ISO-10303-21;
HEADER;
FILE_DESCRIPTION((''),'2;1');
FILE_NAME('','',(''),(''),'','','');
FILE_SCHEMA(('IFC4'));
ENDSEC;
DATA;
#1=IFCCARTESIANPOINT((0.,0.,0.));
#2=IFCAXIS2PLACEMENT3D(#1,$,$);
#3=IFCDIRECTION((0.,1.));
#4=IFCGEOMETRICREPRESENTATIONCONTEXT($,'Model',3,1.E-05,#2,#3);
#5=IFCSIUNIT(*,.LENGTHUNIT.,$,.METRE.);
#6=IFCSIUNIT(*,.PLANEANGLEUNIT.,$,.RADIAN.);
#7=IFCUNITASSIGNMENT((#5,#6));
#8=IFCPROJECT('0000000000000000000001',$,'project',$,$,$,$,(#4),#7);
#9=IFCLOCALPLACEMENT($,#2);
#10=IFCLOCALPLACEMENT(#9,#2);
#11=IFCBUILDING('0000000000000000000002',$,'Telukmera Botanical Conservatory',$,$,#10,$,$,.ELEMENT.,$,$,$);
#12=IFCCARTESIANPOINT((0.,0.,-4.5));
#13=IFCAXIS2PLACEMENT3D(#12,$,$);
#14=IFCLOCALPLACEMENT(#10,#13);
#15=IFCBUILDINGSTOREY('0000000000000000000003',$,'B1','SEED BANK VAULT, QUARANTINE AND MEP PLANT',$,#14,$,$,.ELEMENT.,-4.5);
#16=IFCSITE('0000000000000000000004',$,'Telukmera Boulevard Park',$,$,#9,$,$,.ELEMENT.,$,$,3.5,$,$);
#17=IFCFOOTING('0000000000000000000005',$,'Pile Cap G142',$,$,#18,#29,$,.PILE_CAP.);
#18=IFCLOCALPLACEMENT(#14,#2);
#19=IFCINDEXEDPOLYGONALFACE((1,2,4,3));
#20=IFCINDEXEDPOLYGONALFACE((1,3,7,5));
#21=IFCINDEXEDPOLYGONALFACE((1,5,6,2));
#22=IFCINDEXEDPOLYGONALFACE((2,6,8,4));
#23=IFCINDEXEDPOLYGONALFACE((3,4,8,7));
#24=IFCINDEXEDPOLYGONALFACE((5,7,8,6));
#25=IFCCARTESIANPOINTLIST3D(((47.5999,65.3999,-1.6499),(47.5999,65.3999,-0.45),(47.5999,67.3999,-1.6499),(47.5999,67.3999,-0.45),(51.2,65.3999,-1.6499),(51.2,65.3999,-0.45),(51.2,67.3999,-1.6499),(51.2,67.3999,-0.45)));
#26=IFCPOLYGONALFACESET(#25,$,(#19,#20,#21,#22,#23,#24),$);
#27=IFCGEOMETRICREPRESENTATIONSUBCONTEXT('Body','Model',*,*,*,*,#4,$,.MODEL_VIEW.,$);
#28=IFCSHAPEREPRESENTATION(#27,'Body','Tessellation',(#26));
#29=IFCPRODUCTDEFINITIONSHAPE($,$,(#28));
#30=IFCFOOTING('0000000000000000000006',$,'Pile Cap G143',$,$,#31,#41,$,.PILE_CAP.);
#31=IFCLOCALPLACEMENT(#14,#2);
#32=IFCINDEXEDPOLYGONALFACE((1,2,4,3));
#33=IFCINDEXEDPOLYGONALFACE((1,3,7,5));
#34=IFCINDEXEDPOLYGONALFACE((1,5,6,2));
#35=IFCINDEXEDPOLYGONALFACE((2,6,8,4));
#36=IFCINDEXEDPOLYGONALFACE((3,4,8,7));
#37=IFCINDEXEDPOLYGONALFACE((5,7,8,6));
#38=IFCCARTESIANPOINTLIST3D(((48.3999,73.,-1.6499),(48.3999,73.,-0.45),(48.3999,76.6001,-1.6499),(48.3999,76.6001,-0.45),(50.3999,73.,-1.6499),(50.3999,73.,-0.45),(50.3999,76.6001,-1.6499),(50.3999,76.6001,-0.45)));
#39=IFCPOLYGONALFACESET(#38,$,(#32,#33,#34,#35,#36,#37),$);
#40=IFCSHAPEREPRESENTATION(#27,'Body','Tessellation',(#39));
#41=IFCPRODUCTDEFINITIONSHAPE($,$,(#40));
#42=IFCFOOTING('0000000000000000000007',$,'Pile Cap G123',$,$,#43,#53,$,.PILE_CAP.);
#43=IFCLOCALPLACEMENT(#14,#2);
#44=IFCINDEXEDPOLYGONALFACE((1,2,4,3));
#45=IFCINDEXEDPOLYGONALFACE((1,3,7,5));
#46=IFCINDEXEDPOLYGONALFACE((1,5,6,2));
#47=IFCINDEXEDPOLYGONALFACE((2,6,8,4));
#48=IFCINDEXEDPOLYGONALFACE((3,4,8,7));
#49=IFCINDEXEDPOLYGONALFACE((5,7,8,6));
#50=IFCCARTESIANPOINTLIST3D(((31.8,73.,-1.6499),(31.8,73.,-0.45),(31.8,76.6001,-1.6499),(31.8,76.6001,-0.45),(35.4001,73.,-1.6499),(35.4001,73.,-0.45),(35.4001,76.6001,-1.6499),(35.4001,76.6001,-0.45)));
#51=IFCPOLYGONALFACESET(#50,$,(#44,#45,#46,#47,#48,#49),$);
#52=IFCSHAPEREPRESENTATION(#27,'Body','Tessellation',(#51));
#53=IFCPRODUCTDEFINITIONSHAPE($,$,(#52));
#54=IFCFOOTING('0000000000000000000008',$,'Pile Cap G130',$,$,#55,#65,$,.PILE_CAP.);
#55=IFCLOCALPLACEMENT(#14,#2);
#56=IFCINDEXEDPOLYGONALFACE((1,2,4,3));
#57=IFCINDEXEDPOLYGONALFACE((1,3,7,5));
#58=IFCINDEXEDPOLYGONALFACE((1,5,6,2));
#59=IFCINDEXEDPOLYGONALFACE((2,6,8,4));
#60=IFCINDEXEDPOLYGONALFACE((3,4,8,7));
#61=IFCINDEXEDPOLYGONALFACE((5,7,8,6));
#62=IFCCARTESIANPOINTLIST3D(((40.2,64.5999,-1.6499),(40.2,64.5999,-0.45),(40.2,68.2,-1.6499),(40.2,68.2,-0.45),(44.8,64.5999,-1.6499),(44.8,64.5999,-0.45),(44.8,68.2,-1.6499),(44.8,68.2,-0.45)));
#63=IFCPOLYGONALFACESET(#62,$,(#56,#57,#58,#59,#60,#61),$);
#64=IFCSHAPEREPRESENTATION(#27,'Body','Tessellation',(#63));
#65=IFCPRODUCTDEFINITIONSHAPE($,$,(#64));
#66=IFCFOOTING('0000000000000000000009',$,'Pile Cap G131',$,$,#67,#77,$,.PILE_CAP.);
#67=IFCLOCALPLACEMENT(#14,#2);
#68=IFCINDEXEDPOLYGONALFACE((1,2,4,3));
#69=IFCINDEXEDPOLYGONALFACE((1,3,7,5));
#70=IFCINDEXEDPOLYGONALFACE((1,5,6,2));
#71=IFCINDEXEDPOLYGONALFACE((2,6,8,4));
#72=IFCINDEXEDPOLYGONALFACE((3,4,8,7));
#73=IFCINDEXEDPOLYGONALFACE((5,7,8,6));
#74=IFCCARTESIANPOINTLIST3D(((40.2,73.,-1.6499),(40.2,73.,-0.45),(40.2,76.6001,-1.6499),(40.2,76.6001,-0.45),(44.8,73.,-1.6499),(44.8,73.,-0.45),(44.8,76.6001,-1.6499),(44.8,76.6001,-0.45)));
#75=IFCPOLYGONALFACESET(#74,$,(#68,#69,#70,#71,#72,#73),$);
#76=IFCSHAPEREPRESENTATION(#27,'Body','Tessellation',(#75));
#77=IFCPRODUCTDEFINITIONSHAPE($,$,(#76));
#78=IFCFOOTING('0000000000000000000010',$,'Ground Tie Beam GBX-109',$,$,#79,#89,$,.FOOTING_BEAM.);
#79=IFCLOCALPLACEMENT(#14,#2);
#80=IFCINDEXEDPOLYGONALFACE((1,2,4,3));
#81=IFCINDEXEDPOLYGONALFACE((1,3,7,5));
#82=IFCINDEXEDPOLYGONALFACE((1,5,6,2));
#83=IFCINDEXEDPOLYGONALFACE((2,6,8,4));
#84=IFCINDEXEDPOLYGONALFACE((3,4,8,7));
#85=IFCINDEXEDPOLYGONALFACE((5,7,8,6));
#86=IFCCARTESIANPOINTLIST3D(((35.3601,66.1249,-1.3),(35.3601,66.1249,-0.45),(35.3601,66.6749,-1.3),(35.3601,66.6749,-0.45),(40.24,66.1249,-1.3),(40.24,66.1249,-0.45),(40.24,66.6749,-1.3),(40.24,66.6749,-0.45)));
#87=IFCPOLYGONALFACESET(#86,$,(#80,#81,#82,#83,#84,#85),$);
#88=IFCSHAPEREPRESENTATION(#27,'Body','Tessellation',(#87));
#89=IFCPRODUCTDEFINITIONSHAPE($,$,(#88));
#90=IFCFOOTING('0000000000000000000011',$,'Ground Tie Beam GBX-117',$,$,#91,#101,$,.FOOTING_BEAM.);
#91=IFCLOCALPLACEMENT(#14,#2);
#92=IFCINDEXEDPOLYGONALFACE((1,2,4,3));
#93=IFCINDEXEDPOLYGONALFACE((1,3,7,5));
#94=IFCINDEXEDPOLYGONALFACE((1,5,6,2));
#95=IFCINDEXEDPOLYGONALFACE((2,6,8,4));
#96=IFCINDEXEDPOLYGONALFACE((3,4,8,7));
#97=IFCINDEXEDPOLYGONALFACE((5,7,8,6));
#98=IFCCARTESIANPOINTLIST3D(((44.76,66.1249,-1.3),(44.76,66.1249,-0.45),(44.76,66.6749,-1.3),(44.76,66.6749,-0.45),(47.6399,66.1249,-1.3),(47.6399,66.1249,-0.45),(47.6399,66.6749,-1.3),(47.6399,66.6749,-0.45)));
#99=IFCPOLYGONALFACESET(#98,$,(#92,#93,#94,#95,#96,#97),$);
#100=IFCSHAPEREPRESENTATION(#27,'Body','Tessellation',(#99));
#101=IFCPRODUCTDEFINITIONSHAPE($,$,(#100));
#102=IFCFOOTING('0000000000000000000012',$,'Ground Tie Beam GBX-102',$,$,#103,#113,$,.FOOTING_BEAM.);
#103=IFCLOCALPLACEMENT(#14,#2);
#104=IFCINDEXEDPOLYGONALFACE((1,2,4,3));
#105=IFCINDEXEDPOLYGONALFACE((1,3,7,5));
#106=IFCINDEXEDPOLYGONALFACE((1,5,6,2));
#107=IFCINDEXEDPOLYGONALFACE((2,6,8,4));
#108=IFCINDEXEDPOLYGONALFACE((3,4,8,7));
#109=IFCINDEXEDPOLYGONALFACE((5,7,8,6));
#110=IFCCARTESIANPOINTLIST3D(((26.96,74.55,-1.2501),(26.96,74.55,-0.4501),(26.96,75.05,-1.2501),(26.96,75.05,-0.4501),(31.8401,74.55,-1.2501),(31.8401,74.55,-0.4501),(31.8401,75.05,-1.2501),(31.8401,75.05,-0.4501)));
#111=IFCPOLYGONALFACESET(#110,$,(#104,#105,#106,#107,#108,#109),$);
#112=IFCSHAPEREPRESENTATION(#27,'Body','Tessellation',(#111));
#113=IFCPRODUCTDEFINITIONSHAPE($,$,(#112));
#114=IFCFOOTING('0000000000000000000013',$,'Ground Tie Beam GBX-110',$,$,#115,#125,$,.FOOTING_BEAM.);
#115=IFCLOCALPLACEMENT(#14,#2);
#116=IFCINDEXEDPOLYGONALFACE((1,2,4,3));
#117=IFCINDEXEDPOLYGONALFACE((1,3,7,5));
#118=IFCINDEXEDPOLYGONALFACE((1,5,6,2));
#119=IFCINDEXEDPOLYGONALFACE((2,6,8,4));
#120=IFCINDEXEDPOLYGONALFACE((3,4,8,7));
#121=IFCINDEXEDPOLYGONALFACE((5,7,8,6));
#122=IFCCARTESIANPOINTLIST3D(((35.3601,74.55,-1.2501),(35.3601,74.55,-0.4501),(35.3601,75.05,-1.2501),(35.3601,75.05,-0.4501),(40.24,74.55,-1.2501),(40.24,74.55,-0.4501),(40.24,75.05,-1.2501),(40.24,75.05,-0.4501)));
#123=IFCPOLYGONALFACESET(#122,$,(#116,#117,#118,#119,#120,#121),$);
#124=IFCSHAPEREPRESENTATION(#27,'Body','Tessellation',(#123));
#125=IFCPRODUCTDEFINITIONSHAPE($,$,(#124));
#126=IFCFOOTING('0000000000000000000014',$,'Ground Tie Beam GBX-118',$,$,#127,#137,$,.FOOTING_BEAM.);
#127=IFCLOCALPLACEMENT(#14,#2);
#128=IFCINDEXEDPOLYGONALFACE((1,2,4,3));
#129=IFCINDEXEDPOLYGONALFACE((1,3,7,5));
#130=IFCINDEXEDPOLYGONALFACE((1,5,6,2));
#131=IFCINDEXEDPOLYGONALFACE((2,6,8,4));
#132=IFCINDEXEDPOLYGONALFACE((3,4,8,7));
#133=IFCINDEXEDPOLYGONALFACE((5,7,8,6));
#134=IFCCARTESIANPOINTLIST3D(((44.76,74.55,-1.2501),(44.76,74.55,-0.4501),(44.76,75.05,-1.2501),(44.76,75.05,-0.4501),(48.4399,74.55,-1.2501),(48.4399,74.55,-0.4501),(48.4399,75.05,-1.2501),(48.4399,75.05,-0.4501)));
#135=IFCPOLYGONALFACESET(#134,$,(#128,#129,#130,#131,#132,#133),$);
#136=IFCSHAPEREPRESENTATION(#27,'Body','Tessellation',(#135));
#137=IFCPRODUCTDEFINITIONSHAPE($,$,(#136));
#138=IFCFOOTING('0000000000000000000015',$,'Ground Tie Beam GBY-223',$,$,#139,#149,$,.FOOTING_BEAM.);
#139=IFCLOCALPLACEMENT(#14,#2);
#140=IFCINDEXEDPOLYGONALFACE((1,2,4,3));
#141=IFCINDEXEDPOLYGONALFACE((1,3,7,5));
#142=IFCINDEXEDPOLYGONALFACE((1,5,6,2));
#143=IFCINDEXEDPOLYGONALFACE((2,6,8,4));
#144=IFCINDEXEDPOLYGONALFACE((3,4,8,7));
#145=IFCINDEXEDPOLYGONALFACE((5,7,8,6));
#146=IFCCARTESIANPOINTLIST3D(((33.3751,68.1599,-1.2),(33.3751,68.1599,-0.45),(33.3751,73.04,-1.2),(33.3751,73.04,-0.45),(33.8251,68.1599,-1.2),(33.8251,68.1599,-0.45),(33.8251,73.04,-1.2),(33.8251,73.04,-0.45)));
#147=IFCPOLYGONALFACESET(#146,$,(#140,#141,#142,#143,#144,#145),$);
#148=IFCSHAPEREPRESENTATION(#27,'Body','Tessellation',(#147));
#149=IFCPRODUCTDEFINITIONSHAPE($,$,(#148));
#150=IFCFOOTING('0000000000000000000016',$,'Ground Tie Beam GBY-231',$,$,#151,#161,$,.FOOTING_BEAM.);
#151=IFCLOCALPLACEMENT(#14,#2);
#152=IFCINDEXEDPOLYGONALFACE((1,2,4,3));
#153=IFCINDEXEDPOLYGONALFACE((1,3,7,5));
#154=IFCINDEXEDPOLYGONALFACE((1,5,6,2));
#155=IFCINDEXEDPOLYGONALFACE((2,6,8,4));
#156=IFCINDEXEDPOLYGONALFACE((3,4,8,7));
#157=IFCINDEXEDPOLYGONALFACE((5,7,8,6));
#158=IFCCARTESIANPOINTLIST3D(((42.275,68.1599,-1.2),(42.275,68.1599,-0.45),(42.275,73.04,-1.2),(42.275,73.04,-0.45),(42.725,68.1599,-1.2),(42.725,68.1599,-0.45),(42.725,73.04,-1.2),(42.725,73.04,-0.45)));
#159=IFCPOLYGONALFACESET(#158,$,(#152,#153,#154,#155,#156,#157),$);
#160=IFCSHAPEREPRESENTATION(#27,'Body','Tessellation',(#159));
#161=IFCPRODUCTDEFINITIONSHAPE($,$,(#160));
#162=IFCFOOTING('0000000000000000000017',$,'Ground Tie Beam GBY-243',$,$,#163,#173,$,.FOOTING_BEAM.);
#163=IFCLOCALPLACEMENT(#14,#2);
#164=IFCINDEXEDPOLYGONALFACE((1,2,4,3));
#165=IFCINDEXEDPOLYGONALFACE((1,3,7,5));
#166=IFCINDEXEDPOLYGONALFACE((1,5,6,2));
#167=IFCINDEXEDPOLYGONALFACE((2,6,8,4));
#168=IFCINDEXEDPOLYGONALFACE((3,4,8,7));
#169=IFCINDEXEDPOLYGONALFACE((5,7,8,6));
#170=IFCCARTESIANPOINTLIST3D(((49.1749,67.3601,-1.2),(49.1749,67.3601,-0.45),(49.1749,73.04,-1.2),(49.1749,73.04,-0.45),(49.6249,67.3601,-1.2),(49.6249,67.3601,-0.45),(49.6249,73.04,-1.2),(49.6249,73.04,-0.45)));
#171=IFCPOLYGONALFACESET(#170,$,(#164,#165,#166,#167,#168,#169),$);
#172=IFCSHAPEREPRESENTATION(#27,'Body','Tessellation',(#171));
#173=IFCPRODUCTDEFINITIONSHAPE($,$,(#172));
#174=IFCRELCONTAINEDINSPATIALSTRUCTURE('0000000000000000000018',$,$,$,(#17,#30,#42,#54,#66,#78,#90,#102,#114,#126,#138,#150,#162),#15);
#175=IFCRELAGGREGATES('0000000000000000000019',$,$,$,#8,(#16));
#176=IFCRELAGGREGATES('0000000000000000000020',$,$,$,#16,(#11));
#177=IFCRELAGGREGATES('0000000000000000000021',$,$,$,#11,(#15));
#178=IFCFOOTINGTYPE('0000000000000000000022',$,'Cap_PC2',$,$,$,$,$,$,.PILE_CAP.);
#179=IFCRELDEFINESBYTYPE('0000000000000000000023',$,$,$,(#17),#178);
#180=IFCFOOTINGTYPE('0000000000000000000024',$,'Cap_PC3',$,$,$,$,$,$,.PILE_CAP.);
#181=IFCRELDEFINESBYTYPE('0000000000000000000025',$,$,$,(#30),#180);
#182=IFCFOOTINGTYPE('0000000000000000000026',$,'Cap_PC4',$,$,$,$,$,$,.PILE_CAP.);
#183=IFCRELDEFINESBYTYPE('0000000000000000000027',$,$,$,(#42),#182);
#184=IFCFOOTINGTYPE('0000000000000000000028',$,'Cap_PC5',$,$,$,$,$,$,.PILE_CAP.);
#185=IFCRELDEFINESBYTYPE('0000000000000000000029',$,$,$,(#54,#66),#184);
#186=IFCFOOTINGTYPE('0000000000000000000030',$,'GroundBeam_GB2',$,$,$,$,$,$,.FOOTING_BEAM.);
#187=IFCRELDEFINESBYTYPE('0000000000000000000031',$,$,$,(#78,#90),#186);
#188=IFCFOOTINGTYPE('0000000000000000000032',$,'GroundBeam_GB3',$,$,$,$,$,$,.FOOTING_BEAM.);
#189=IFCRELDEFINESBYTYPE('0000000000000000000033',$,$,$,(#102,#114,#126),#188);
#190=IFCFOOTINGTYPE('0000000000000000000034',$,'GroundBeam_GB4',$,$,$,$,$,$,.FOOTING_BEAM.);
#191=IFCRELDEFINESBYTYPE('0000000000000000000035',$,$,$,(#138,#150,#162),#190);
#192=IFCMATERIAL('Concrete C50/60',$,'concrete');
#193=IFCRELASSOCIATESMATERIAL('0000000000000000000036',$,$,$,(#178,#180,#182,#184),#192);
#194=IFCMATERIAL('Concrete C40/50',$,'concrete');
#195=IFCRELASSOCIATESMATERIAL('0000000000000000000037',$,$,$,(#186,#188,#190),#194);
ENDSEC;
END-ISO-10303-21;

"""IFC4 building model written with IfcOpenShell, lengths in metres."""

from ifc_helpers import new_model, si_unit, direction, frame, origin, origin_2d, place, context, subcontext, project, spatial, rectangle, extrude, material, material_profile, profile_set, type_object, element, save


model = new_model("IFC4")

# Units and contexts
model_context = context("Model", 3, precision=1e-05, world=origin(), true_north=direction((0.0, 1.0)))
body_context = subcontext(model_context, "Body", "Model", "MODEL_VIEW")
ifc_project = project(units=[si_unit("LENGTHUNIT", "METRE"), si_unit("PLANEANGLEUNIT", "RADIAN")], contexts=[model_context])

# Site, building, storey
site_placement = place(None, origin())
site = spatial("IfcSite", under=ifc_project, at=site_placement, Name="Telukmera Boulevard Park", CompositionType="ELEMENT", RefElevation=3.5)
building_placement = place(site_placement, origin())
building = spatial("IfcBuilding", under=site, at=building_placement, Name="Telukmera Botanical Conservatory", CompositionType="ELEMENT")
storey_placement = place(building_placement, frame((0.0, 0.0, -4.5)))
storey = spatial("IfcBuildingStorey", under=building, at=storey_placement, Name="B1", Description="SEED BANK VAULT, QUARANTINE AND MEP PLANT", CompositionType="ELEMENT", Elevation=-4.5)

# Footings
ifc_material_1 = material(Name="Concrete C50/60", Category="concrete")
footing_type_1 = type_object("IfcFootingType", Name="Cap_PC2", PredefinedType="PILE_CAP", material=ifc_material_1)
footing_1_placement = place(storey_placement, frame((49.3999, 66.3999, -1.6499), z_axis=(0.0, 0.0, 1.0), x_axis=(1.0, 0.0, 0.0)))
element("IfcFooting", 1, at=footing_1_placement, inside=storey, type_object=footing_type_1, Name="Pile Cap G142", PredefinedType="PILE_CAP", context=body_context, shape_type="SweptSolid", body=[
    extrude(rectangle(XDim=3.6001, YDim=2.0, at=origin_2d()), origin(), (0.0, 0.0, 1.0), 1.2),
])
footing_type_2 = type_object("IfcFootingType", Name="Cap_PC3", PredefinedType="PILE_CAP", material=ifc_material_1)
footing_2_placement = place(storey_placement, frame((49.3999, 74.8, -1.6499), z_axis=(0.0, 0.0, 1.0), x_axis=(1.0, 0.0, 0.0)))
element("IfcFooting", 2, at=footing_2_placement, inside=storey, type_object=footing_type_2, Name="Pile Cap G143", PredefinedType="PILE_CAP", context=body_context, shape_type="SweptSolid", body=[
    extrude(rectangle(XDim=2.0, YDim=3.6001, at=origin_2d()), origin(), (0.0, 0.0, 1.0), 1.2),
])
footing_type_3 = type_object("IfcFootingType", Name="Cap_PC4", PredefinedType="PILE_CAP", material=ifc_material_1)
footing_3_placement = place(storey_placement, frame((33.6001, 74.8, -1.6499), z_axis=(0.0, 0.0, 1.0), x_axis=(1.0, 0.0, 0.0)))
element("IfcFooting", 3, at=footing_3_placement, inside=storey, type_object=footing_type_3, Name="Pile Cap G123", PredefinedType="PILE_CAP", context=body_context, shape_type="SweptSolid", body=[
    extrude(rectangle(XDim=3.6001, YDim=3.6001, at=origin_2d()), origin(), (0.0, 0.0, 1.0), 1.2),
])
footing_type_4 = type_object("IfcFootingType", Name="Cap_PC5", PredefinedType="PILE_CAP", material=ifc_material_1)
for number, where, z_axis, x_axis, name in (
    (4, (42.5, 66.3999, -1.6499), (0.0, 0.0, 1.0), (1.0, 0.0, 0.0), "Pile Cap G130"),
    (5, (42.5, 74.8, -1.6499), (0.0, 0.0, 1.0), (1.0, 0.0, 0.0), "Pile Cap G131"),
):
    element("IfcFooting", number, at=place(storey_placement, frame(where, z_axis=z_axis, x_axis=x_axis)), inside=storey, type_object=footing_type_4, Name=name, PredefinedType="PILE_CAP", context=body_context, shape_type="SweptSolid", body=[
        extrude(rectangle(XDim=4.6001, YDim=3.6001, at=origin_2d()), origin(), (0.0, 0.0, 1.0), 1.2),
    ])
ifc_material_2 = material(Name="Concrete C40/50", Category="concrete")
ifc_material_profile_1 = material_profile(ifc_material_2, rectangle(XDim=0.55, YDim=0.8501, at=origin_2d()), Name="RC 550x850")
ifc_profile_set_1 = profile_set([ifc_material_profile_1], Name="Concrete C40/50")
footing_type_5 = type_object("IfcFootingType", Name="GroundBeam_GB2", PredefinedType="FOOTING_BEAM", material=ifc_profile_set_1)
footing_4_placement = place(storey_placement, frame((35.3601, 66.3999, -0.875), z_axis=(1.0, 0.0, 0.0), x_axis=(0.0, 1.0, 0.0)))
element("IfcFooting", 6, at=footing_4_placement, inside=storey, type_object=footing_type_5, Name="Ground Tie Beam GBX-109", PredefinedType="FOOTING_BEAM", context=body_context, shape_type="SweptSolid", body=[
    extrude(rectangle(XDim=0.55, YDim=0.8501, at=origin_2d()), origin(), (0.0, 0.0, 1.0), 4.8799),
])
footing_5_placement = place(storey_placement, frame((44.76, 66.3999, -0.875), z_axis=(1.0, 0.0, 0.0), x_axis=(0.0, 1.0, 0.0)))
element("IfcFooting", 7, at=footing_5_placement, inside=storey, type_object=footing_type_5, Name="Ground Tie Beam GBX-117", PredefinedType="FOOTING_BEAM", context=body_context, shape_type="SweptSolid", body=[
    extrude(rectangle(XDim=0.55, YDim=0.8501, at=origin_2d()), origin(), (0.0, 0.0, 1.0), 2.8799),
])
ifc_material_profile_2 = material_profile(ifc_material_2, rectangle(XDim=0.5, YDim=0.8, at=origin_2d()), Name="RC 500x800")
ifc_profile_set_2 = profile_set([ifc_material_profile_2], Name="Concrete C40/50")
footing_type_6 = type_object("IfcFootingType", Name="GroundBeam_GB3", PredefinedType="FOOTING_BEAM", material=ifc_profile_set_2)
footing_6_placement = place(storey_placement, frame((26.96, 74.8, -0.8501), z_axis=(1.0, 0.0, 0.0), x_axis=(0.0, 1.0, 0.0)))
element("IfcFooting", 8, at=footing_6_placement, inside=storey, type_object=footing_type_6, Name="Ground Tie Beam GBX-102", PredefinedType="FOOTING_BEAM", context=body_context, shape_type="SweptSolid", body=[
    extrude(rectangle(XDim=0.5, YDim=0.8, at=origin_2d()), origin(), (0.0, 0.0, 1.0), 4.8801),
])
footing_7_placement = place(storey_placement, frame((35.3601, 74.8, -0.8501), z_axis=(1.0, 0.0, 0.0), x_axis=(0.0, 1.0, 0.0)))
element("IfcFooting", 9, at=footing_7_placement, inside=storey, type_object=footing_type_6, Name="Ground Tie Beam GBX-110", PredefinedType="FOOTING_BEAM", context=body_context, shape_type="SweptSolid", body=[
    extrude(rectangle(XDim=0.5, YDim=0.8, at=origin_2d()), origin(), (0.0, 0.0, 1.0), 4.8799),
])
footing_8_placement = place(storey_placement, frame((44.76, 74.8, -0.8501), z_axis=(1.0, 0.0, 0.0), x_axis=(0.0, 1.0, 0.0)))
element("IfcFooting", 10, at=footing_8_placement, inside=storey, type_object=footing_type_6, Name="Ground Tie Beam GBX-118", PredefinedType="FOOTING_BEAM", context=body_context, shape_type="SweptSolid", body=[
    extrude(rectangle(XDim=0.5, YDim=0.8, at=origin_2d()), origin(), (0.0, 0.0, 1.0), 3.6799),
])
ifc_material_profile_3 = material_profile(ifc_material_2, rectangle(XDim=0.45, YDim=0.75, at=origin_2d()), Name="RC 450x750")
ifc_profile_set_3 = profile_set([ifc_material_profile_3], Name="Concrete C40/50")
footing_type_7 = type_object("IfcFootingType", Name="GroundBeam_GB4", PredefinedType="FOOTING_BEAM", material=ifc_profile_set_3)
for number, where, z_axis, x_axis, name in (
    (11, (33.6001, 68.1599, -0.825), (0.0, 1.0, 0.0), (-1.0, 0.0, 0.0), "Ground Tie Beam GBY-223"),
    (12, (42.5, 68.1599, -0.825), (0.0, 1.0, 0.0), (-1.0, 0.0, 0.0), "Ground Tie Beam GBY-231"),
):
    element("IfcFooting", number, at=place(storey_placement, frame(where, z_axis=z_axis, x_axis=x_axis)), inside=storey, type_object=footing_type_7, Name=name, PredefinedType="FOOTING_BEAM", context=body_context, shape_type="SweptSolid", body=[
        extrude(rectangle(XDim=0.45, YDim=0.75, at=origin_2d()), origin(), (0.0, 0.0, 1.0), 4.8801),
    ])
footing_9_placement = place(storey_placement, frame((49.3999, 67.3601, -0.825), z_axis=(0.0, 1.0, 0.0), x_axis=(-1.0, 0.0, 0.0)))
element("IfcFooting", 13, at=footing_9_placement, inside=storey, type_object=footing_type_7, Name="Ground Tie Beam GBY-243", PredefinedType="FOOTING_BEAM", context=body_context, shape_type="SweptSolid", body=[
    extrude(rectangle(XDim=0.45, YDim=0.75, at=origin_2d()), origin(), (0.0, 0.0, 1.0), 5.6799),
])

save(model, "model.ifc")
